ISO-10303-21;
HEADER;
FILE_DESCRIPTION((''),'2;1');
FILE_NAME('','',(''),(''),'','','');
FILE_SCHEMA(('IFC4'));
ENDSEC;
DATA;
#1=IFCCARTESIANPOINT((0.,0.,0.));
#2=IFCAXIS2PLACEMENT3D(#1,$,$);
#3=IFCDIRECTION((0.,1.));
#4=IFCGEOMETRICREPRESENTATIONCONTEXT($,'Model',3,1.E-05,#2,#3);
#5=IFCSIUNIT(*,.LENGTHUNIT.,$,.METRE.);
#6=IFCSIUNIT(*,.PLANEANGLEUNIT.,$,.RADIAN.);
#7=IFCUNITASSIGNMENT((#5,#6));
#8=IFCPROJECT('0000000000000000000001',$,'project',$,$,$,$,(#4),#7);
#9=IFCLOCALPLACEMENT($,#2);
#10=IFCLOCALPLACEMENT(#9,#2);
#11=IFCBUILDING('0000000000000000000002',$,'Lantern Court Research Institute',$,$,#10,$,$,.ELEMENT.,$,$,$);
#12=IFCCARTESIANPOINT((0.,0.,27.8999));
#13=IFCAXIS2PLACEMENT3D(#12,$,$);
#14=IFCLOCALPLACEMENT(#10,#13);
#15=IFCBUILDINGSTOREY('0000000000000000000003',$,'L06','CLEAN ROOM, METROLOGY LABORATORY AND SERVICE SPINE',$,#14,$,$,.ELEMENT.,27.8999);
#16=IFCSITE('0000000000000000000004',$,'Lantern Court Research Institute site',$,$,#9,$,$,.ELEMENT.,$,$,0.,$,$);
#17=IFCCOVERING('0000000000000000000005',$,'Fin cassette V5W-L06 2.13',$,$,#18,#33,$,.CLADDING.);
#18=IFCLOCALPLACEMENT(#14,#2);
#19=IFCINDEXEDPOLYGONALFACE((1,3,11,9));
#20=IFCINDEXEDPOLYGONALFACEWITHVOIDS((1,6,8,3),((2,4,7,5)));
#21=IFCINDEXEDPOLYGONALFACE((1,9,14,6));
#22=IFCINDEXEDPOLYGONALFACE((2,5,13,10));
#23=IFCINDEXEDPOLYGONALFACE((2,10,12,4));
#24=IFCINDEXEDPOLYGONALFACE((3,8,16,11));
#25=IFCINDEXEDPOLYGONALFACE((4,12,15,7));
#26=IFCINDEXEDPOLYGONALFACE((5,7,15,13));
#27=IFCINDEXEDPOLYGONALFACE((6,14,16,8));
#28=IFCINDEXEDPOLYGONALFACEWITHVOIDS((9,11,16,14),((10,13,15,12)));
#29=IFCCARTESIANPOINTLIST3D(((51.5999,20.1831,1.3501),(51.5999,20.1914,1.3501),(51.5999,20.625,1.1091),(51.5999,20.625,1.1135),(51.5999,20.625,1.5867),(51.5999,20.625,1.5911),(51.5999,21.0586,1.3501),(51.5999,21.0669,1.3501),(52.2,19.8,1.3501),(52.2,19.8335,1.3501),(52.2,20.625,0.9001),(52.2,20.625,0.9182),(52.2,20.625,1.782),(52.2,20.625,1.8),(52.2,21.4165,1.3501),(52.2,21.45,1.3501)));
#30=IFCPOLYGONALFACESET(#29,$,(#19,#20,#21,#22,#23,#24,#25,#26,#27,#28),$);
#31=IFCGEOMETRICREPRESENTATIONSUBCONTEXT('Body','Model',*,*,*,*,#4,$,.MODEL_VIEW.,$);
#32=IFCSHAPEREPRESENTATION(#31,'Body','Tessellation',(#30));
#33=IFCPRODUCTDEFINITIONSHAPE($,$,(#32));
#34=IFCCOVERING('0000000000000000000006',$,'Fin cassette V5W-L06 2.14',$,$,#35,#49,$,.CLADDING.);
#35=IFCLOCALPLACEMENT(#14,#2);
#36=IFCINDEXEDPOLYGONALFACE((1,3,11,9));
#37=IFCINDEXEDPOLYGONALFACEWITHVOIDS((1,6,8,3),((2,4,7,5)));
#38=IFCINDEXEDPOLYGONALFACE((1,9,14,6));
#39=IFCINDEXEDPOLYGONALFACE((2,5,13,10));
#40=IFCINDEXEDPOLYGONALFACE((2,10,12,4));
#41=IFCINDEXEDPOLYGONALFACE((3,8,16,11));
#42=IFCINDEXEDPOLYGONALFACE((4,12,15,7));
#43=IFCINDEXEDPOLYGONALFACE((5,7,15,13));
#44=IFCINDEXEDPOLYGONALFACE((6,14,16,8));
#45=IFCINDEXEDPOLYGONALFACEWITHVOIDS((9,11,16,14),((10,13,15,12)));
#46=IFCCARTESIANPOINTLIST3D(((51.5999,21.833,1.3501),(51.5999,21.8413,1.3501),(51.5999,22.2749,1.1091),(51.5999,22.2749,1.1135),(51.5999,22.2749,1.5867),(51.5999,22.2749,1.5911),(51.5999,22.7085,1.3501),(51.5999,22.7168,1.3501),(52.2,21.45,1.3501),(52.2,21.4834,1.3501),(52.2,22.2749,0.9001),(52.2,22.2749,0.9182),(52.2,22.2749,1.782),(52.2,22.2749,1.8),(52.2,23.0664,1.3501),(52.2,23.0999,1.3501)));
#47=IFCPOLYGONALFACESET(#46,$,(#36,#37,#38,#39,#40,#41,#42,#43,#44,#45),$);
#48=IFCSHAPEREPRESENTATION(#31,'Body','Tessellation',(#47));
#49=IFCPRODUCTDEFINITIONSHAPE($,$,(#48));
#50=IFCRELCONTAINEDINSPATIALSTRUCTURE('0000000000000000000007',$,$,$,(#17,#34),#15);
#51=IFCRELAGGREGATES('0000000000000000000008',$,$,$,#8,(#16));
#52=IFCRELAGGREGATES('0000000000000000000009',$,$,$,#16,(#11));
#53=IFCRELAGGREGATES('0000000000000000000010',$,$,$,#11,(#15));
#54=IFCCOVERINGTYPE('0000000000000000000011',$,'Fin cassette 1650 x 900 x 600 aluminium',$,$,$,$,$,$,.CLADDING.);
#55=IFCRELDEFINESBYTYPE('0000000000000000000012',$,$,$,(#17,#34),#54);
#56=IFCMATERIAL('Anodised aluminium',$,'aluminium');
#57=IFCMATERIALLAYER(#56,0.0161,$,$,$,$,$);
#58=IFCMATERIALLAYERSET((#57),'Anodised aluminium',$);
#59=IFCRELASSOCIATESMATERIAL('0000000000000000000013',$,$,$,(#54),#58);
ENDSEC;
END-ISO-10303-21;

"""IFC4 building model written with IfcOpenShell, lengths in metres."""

from ifc_helpers import new_model, entity, si_unit, direction, frame, origin, place, context, subcontext, project, spatial, material, layer, layer_set, type_object, element, save


model = new_model("IFC4")

# Units and contexts
model_context = context("Model", 3, precision=1e-05, world=origin(), true_north=direction((0.0, 1.0)))
body_context = subcontext(model_context, "Body", "Model", "MODEL_VIEW")
ifc_project = project(units=[si_unit("LENGTHUNIT", "METRE"), si_unit("PLANEANGLEUNIT", "RADIAN")], contexts=[model_context])

# Site, building, storey
site_placement = place(None, origin())
site = spatial("IfcSite", under=ifc_project, at=site_placement, Name="Lantern Court Research Institute site", CompositionType="ELEMENT", RefElevation=0.0)
building_placement = place(site_placement, origin())
building = spatial("IfcBuilding", under=site, at=building_placement, Name="Lantern Court Research Institute", CompositionType="ELEMENT")
storey_placement = place(building_placement, frame((0.0, 0.0, 27.8999)))
storey = spatial("IfcBuildingStorey", under=building, at=storey_placement, Name="L06", Description="CLEAN ROOM, METROLOGY LABORATORY AND SERVICE SPINE", CompositionType="ELEMENT", Elevation=27.8999)

# Coverings
ifc_material_1 = material(Name="Anodised aluminium", Category="aluminium")
ifc_layer_1 = layer(ifc_material_1, 0.0161)
ifc_layer_set_1 = layer_set([ifc_layer_1], Name="Anodised aluminium")
covering_type = type_object("IfcCoveringType", Name="Fin cassette 1650 x 900 x 600 aluminium", PredefinedType="CLADDING", material=ifc_layer_set_1)
covering_1_placement = place(storey_placement, frame((52.2, 20.625, 1.3501), z_axis=(-1.0, 0.0, 0.0), x_axis=(0.0, -1.0, 0.0)))
cartesian_point_1 = entity("IfcCartesianPoint", [0.825, 0.0])
cartesian_point_2 = entity("IfcCartesianPoint", [0.7915, 0.0])
cartesian_point_3 = entity("IfcCartesianPoint", [0.4419, 0.0])
cartesian_point_4 = entity("IfcCartesianPoint", [0.4336, 0.0])
element("IfcCovering", 1, at=covering_1_placement, inside=storey, type_object=covering_type, Name="Fin cassette V5W-L06 2.13", PredefinedType="CLADDING", context=body_context, shape_type="SweptSolid", body=[
    entity("IfcExtrudedAreaSolidTapered", entity("IfcArbitraryProfileDefWithVoids", "AREA", None, entity("IfcPolyline", [cartesian_point_1, entity("IfcCartesianPoint", [0.0, 0.45]), entity("IfcCartesianPoint", [-0.825, 0.0]), entity("IfcCartesianPoint", [0.0, -0.45]), cartesian_point_1]), [entity("IfcPolyline", [cartesian_point_2, entity("IfcCartesianPoint", [0.0, 0.4319]), entity("IfcCartesianPoint", [-0.7915, 0.0]), entity("IfcCartesianPoint", [0.0, -0.4319]), cartesian_point_2])]), entity("IfcAxis2Placement3D", entity("IfcCartesianPoint", [0.0, 0.0, 0.0])), entity("IfcDirection", [0.0, 0.0, 1.0]), 0.6001, entity("IfcArbitraryProfileDefWithVoids", "AREA", None, entity("IfcPolyline", [cartesian_point_3, entity("IfcCartesianPoint", [0.0, 0.241]), entity("IfcCartesianPoint", [-0.4419, 0.0]), entity("IfcCartesianPoint", [0.0, -0.241]), cartesian_point_3]), [entity("IfcPolyline", [cartesian_point_4, entity("IfcCartesianPoint", [0.0, 0.2366]), entity("IfcCartesianPoint", [-0.4336, 0.0]), entity("IfcCartesianPoint", [0.0, -0.2366]), cartesian_point_4])])),
])
covering_2_placement = place(storey_placement, frame((52.2, 22.2749, 1.3501), z_axis=(-1.0, 0.0, 0.0), x_axis=(0.0, -1.0, 0.0)))
cartesian_point_5 = entity("IfcCartesianPoint", [0.825, 0.0])
cartesian_point_6 = entity("IfcCartesianPoint", [0.7915, 0.0])
cartesian_point_7 = entity("IfcCartesianPoint", [0.4419, 0.0])
cartesian_point_8 = entity("IfcCartesianPoint", [0.4336, 0.0])
element("IfcCovering", 2, at=covering_2_placement, inside=storey, type_object=covering_type, Name="Fin cassette V5W-L06 2.14", PredefinedType="CLADDING", context=body_context, shape_type="SweptSolid", body=[
    entity("IfcExtrudedAreaSolidTapered", entity("IfcArbitraryProfileDefWithVoids", "AREA", None, entity("IfcPolyline", [cartesian_point_5, entity("IfcCartesianPoint", [0.0, 0.45]), entity("IfcCartesianPoint", [-0.825, 0.0]), entity("IfcCartesianPoint", [0.0, -0.45]), cartesian_point_5]), [entity("IfcPolyline", [cartesian_point_6, entity("IfcCartesianPoint", [0.0, 0.4319]), entity("IfcCartesianPoint", [-0.7915, 0.0]), entity("IfcCartesianPoint", [0.0, -0.4319]), cartesian_point_6])]), entity("IfcAxis2Placement3D", entity("IfcCartesianPoint", [0.0, 0.0, 0.0])), entity("IfcDirection", [0.0, 0.0, 1.0]), 0.6001, entity("IfcArbitraryProfileDefWithVoids", "AREA", None, entity("IfcPolyline", [cartesian_point_7, entity("IfcCartesianPoint", [0.0, 0.241]), entity("IfcCartesianPoint", [-0.4419, 0.0]), entity("IfcCartesianPoint", [0.0, -0.241]), cartesian_point_7]), [entity("IfcPolyline", [cartesian_point_8, entity("IfcCartesianPoint", [0.0, 0.2366]), entity("IfcCartesianPoint", [-0.4336, 0.0]), entity("IfcCartesianPoint", [0.0, -0.2366]), cartesian_point_8])])),
])

save(model, "model.ifc")
